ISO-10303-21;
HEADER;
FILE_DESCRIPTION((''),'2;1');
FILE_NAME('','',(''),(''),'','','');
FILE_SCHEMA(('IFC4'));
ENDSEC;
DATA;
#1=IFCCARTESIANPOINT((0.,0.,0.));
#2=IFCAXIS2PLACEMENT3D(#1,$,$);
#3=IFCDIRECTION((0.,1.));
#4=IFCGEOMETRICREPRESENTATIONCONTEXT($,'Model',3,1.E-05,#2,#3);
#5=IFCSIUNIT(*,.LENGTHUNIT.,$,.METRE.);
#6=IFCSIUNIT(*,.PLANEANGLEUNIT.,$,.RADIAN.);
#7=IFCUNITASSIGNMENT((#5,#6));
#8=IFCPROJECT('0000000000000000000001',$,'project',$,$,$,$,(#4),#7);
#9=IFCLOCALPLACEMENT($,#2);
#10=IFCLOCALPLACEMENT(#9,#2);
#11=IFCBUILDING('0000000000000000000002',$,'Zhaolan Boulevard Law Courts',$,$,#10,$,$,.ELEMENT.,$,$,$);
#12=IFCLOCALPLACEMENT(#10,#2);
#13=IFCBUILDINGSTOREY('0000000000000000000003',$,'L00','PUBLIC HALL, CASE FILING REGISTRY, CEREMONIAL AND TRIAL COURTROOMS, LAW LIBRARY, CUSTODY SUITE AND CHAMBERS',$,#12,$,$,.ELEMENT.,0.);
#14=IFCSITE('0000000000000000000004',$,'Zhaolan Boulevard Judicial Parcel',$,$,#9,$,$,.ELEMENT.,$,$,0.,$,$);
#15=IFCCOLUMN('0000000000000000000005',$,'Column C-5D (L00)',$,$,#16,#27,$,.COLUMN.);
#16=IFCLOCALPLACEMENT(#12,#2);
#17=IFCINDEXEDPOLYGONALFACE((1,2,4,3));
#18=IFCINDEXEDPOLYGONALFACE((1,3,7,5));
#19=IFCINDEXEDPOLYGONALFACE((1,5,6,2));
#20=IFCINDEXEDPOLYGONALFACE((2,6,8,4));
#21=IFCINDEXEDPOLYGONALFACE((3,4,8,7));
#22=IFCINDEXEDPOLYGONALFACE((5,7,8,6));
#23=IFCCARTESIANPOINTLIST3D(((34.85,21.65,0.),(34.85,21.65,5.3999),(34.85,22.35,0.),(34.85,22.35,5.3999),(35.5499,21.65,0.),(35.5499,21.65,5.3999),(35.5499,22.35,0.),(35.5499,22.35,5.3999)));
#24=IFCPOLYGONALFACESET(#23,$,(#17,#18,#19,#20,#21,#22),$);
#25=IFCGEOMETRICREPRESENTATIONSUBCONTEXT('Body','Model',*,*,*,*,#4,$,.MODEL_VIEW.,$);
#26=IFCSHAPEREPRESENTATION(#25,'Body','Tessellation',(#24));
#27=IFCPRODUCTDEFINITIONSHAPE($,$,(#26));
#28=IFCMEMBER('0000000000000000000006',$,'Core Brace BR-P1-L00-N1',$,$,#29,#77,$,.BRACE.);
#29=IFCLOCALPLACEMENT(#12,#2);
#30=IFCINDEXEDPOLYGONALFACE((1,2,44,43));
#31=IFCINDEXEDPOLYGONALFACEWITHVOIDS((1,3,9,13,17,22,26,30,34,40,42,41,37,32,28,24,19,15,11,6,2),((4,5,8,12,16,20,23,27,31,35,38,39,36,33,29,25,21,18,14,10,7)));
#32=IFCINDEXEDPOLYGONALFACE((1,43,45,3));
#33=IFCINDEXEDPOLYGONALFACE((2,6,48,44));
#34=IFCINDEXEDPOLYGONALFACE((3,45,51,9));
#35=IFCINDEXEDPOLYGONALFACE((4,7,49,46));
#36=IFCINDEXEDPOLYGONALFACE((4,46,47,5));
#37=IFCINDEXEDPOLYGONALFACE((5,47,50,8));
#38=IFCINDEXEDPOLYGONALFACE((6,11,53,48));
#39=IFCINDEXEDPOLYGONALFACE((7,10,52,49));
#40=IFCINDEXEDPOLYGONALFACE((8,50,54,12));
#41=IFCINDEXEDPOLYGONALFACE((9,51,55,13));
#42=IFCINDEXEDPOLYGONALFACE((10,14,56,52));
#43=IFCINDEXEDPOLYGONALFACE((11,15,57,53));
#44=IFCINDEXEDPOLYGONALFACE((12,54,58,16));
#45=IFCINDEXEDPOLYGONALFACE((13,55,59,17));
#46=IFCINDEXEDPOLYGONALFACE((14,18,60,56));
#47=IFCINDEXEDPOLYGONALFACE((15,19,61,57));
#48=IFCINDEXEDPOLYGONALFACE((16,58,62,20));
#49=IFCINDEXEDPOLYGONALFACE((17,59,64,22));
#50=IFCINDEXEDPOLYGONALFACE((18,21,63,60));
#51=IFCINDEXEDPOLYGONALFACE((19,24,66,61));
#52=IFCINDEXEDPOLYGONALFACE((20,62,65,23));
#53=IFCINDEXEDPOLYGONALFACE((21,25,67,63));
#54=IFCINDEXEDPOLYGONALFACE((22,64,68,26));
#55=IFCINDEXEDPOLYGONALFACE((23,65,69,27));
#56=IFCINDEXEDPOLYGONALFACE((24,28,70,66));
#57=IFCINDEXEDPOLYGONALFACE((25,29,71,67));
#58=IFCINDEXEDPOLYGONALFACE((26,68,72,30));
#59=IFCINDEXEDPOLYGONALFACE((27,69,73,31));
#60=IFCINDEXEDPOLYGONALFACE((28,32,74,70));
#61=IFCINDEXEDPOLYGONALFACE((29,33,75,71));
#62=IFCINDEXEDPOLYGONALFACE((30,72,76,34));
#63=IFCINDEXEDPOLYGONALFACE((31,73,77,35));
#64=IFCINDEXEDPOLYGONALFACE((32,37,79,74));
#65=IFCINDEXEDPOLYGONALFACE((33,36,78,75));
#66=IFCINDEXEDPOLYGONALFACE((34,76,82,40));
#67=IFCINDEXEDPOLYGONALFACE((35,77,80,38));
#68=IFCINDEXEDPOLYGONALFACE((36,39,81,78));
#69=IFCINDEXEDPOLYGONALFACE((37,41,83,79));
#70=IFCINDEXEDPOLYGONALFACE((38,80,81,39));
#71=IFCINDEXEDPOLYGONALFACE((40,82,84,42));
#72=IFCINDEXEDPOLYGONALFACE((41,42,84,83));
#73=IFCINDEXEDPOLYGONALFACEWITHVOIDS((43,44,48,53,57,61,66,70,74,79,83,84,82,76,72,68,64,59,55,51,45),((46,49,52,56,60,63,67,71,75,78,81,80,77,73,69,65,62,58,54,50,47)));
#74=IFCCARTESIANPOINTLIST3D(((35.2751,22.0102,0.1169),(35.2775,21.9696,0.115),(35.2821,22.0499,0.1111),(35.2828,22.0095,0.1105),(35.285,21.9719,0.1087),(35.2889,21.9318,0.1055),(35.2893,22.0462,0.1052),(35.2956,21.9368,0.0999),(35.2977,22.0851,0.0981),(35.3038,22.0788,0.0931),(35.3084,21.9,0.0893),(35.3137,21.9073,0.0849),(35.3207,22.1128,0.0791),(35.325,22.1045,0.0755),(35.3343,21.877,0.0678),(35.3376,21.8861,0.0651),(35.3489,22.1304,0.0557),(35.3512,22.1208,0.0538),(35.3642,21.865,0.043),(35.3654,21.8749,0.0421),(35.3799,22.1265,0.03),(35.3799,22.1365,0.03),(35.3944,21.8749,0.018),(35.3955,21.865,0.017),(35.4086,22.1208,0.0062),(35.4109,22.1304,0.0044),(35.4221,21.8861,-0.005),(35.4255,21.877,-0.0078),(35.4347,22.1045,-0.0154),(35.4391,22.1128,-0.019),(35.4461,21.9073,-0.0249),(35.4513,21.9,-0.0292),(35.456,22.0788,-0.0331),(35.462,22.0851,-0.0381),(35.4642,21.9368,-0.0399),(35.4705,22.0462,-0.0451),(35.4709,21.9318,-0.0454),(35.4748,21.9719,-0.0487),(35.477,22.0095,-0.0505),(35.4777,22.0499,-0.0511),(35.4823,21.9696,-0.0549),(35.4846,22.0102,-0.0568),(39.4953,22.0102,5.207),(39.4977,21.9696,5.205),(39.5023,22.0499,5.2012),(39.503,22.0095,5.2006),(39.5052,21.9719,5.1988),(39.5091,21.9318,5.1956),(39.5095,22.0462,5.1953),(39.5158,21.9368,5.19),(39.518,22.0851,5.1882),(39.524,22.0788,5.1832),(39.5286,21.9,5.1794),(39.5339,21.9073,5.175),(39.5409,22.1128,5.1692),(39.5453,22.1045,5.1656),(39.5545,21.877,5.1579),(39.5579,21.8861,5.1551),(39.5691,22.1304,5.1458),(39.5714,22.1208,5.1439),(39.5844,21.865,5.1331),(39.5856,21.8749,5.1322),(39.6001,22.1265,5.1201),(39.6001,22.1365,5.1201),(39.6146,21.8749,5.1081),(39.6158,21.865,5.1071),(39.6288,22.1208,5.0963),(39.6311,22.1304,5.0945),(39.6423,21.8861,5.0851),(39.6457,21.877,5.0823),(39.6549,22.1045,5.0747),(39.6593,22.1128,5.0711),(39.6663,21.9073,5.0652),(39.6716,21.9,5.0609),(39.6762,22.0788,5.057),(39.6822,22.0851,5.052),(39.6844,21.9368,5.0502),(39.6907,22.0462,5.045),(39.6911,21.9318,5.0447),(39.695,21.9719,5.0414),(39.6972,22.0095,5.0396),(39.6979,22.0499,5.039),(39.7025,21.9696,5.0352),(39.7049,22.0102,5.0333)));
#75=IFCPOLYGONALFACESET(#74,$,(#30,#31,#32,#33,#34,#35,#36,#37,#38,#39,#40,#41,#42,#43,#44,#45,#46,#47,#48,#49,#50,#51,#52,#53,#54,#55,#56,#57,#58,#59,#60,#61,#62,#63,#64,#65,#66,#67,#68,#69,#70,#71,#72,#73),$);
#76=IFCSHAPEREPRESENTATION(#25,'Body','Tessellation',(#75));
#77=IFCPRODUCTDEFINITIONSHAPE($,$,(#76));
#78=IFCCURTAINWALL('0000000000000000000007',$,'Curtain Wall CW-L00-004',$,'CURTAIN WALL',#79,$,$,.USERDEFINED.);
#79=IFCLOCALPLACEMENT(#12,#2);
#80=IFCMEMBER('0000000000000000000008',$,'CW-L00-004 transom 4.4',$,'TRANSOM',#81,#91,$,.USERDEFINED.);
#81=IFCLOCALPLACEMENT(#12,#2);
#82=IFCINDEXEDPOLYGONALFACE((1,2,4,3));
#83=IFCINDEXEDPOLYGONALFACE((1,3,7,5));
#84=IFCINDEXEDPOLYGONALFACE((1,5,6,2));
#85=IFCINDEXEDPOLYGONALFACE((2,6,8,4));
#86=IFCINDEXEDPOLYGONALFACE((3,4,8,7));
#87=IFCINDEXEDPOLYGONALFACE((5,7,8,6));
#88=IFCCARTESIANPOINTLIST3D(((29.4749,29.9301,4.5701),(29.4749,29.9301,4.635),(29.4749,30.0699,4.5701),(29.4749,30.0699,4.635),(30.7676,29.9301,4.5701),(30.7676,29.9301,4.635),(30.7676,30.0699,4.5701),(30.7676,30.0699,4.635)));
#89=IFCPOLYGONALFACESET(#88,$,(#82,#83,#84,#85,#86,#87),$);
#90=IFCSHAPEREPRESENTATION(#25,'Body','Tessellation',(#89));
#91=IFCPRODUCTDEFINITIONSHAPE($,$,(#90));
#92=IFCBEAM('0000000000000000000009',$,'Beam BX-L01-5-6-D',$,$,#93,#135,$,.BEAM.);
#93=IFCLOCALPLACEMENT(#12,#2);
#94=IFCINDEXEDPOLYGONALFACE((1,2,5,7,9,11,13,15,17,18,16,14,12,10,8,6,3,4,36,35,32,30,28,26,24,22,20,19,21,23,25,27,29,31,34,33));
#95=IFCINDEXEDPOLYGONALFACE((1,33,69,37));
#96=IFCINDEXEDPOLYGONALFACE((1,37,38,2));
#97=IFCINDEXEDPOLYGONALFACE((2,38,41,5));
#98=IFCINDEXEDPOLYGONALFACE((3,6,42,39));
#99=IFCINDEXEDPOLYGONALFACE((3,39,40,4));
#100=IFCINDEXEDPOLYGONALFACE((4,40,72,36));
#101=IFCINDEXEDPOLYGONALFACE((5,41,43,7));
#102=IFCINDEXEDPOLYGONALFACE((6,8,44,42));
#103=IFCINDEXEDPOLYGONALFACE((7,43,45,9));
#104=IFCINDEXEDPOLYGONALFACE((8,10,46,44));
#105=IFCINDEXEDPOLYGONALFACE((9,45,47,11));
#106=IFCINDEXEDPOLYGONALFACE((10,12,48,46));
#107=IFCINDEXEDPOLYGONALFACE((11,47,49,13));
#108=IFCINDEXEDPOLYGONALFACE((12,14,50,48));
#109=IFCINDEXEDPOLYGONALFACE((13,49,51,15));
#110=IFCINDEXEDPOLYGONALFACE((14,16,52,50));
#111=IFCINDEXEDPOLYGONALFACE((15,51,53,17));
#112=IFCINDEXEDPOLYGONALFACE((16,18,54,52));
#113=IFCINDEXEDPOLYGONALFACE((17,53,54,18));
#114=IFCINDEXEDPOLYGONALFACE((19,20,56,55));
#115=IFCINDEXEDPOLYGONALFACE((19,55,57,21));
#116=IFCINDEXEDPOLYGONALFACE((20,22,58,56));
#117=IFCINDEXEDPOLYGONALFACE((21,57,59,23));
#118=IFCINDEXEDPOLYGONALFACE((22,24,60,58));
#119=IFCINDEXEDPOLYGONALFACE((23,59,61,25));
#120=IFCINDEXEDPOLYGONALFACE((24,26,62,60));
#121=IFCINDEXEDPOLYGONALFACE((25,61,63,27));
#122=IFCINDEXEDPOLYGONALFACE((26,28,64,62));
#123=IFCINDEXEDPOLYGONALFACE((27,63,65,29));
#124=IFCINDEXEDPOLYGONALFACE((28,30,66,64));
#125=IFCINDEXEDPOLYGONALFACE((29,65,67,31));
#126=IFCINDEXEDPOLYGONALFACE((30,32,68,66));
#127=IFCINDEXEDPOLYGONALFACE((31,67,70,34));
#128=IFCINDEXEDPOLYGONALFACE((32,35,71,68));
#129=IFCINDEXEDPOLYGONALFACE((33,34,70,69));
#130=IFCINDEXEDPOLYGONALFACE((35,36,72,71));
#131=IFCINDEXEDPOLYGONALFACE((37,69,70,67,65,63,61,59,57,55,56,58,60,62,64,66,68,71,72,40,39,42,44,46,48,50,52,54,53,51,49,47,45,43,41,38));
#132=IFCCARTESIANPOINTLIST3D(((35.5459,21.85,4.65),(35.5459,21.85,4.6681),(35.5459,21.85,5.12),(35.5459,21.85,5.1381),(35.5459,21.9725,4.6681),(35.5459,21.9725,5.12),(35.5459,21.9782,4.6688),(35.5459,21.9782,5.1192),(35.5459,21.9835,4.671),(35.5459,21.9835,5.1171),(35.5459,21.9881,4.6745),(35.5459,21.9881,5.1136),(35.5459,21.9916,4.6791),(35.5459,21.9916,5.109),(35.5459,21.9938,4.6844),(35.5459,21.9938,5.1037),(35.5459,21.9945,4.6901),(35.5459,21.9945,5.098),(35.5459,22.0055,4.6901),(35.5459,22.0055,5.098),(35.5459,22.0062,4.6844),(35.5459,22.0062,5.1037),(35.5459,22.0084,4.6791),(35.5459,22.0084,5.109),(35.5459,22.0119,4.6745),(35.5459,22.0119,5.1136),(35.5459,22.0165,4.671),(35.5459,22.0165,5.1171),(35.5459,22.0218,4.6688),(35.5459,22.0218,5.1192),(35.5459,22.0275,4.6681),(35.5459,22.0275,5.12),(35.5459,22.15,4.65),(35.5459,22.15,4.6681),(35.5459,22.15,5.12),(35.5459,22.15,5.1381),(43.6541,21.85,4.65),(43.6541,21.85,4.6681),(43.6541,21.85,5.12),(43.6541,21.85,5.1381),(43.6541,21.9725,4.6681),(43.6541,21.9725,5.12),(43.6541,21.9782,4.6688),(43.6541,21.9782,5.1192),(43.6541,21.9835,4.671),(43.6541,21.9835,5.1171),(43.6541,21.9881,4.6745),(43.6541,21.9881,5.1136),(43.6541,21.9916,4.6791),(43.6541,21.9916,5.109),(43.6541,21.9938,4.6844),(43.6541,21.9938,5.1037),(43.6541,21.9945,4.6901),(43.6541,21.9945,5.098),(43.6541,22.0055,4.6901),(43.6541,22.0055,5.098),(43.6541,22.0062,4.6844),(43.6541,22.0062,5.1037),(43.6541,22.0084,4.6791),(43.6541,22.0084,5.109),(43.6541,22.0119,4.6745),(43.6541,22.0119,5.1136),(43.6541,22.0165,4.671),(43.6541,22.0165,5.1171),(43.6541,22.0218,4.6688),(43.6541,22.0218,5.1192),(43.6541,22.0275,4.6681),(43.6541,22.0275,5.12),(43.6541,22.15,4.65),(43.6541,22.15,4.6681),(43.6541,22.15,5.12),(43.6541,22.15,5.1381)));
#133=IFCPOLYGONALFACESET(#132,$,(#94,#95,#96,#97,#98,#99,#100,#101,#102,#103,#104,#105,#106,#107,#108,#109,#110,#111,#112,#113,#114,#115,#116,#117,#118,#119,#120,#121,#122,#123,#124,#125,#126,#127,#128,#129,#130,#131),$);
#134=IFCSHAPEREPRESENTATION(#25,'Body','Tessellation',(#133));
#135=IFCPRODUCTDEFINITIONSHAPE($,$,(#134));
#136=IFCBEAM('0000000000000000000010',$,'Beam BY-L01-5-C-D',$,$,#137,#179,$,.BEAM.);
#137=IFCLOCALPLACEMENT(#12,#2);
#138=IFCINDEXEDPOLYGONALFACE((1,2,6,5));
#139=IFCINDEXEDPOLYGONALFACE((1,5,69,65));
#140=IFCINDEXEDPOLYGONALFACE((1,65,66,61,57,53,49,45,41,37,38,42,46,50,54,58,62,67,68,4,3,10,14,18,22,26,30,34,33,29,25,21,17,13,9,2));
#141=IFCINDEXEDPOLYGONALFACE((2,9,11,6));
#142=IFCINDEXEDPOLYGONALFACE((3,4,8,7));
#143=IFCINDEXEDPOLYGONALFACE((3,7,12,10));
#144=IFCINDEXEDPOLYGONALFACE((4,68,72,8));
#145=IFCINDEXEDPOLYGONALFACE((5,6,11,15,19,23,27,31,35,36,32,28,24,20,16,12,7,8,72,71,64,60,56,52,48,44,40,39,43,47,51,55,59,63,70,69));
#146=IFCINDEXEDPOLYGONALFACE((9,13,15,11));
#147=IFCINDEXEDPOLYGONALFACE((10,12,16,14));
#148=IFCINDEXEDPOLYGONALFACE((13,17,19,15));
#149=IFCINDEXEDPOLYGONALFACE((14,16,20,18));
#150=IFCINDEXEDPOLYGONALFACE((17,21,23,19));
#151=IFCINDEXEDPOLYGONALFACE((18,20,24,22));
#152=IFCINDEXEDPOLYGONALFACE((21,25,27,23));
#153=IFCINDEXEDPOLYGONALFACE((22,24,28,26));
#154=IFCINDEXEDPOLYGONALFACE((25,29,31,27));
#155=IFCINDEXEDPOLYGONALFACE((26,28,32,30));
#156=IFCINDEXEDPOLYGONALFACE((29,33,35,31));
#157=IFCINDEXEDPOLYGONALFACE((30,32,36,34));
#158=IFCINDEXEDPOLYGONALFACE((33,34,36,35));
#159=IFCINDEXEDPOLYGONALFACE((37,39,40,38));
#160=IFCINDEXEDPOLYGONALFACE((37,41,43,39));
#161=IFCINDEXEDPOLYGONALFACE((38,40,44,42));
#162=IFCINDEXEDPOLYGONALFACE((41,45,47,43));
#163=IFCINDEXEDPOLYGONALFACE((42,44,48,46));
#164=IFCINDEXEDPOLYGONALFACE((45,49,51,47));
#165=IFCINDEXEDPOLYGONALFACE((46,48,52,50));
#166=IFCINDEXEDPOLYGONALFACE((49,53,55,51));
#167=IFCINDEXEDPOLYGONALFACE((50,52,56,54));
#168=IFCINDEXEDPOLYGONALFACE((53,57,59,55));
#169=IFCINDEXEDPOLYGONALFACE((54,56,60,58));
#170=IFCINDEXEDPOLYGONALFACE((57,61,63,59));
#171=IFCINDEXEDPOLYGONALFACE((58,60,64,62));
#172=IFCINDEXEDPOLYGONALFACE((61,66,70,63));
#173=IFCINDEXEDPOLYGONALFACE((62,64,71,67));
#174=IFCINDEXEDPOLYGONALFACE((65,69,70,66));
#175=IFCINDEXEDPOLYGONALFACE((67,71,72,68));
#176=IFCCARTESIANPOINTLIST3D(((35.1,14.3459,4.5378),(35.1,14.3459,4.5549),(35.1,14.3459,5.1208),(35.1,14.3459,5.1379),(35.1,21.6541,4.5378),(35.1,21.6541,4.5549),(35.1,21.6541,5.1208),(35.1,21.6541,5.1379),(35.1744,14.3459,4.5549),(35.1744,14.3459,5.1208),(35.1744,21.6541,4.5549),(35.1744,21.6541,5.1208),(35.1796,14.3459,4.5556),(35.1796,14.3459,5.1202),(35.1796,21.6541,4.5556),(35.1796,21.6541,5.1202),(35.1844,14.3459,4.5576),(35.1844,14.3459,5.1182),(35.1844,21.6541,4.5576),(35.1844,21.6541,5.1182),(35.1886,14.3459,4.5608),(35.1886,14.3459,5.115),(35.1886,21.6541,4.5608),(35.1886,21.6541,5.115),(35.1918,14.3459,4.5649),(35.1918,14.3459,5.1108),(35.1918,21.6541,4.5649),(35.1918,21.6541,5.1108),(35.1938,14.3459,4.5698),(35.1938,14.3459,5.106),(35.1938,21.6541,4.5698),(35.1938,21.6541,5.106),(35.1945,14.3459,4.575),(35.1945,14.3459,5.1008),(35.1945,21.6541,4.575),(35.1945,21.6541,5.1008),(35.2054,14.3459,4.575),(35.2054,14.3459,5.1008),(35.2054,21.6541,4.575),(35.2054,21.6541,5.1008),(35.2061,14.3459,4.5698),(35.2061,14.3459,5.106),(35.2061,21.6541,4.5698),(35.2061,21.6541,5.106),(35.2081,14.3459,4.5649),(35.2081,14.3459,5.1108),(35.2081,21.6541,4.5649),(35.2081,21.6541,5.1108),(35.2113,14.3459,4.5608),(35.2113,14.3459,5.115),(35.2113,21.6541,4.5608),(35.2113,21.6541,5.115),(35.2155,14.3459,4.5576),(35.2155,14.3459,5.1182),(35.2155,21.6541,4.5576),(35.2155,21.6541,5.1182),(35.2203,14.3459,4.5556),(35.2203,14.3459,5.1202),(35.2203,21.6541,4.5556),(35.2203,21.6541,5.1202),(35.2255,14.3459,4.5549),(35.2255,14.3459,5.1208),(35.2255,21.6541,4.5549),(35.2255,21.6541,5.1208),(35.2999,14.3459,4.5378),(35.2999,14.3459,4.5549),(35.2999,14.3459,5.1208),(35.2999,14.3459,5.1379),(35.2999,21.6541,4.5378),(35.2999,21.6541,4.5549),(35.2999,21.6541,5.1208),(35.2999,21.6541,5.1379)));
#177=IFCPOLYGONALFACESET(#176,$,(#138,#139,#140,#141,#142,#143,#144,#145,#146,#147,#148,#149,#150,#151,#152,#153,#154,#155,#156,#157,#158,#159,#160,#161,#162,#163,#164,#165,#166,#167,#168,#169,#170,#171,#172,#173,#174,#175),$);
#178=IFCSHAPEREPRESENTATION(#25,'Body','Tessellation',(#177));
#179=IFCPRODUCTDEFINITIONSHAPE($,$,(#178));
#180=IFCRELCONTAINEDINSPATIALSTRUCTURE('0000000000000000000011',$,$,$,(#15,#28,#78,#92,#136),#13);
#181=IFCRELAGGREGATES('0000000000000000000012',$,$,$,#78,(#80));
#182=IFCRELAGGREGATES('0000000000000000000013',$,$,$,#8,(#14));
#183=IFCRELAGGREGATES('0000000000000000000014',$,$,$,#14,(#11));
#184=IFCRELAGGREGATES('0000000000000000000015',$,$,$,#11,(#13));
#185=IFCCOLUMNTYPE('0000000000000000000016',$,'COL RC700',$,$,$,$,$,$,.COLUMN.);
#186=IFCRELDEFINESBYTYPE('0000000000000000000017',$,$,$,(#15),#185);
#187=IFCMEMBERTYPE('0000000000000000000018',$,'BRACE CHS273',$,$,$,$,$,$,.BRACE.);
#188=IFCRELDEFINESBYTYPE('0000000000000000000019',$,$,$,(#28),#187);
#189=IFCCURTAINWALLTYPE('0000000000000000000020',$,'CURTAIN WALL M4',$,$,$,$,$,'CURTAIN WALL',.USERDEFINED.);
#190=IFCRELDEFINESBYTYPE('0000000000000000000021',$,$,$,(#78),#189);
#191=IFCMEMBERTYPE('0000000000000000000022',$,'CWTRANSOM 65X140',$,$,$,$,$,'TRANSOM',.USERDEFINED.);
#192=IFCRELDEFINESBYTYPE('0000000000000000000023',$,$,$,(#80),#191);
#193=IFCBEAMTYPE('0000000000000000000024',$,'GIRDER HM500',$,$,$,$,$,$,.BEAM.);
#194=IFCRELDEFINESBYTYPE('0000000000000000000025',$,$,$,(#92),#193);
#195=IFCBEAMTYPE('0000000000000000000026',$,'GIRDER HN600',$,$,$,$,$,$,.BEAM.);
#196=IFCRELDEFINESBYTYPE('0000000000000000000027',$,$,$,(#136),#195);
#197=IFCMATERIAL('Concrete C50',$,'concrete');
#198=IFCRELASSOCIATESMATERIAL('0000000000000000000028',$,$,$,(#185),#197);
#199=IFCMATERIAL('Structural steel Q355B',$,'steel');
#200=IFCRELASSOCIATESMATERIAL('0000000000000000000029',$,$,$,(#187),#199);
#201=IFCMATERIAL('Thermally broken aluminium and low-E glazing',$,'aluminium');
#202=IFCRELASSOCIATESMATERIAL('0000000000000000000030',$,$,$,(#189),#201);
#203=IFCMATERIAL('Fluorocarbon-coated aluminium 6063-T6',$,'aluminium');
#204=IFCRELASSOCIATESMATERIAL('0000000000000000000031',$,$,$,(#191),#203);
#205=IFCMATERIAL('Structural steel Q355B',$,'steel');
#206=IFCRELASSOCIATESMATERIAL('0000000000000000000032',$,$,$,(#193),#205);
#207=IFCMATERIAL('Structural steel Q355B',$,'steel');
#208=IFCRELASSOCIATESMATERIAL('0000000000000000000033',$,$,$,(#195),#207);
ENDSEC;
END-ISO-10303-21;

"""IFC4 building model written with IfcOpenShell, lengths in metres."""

from ifc_helpers import new_model, si_unit, direction, frame, origin, origin_2d, place, context, subcontext, project, spatial, rectangle, hollow_circle, i_section, extrude, material, material_profile, profile_set, type_object, element, aggregate, save


model = new_model("IFC4")

# Units and contexts
model_context = context("Model", 3, precision=1e-05, world=origin(), true_north=direction((0.0, 1.0)))
body_context = subcontext(model_context, "Body", "Model", "MODEL_VIEW")
ifc_project = project(units=[si_unit("LENGTHUNIT", "METRE"), si_unit("PLANEANGLEUNIT", "RADIAN")], contexts=[model_context])

# Site, building, storey
site_placement = place(None, origin())
site = spatial("IfcSite", under=ifc_project, at=site_placement, Name="Zhaolan Boulevard Judicial Parcel", CompositionType="ELEMENT", RefElevation=0.0)
building_placement = place(site_placement, origin())
building = spatial("IfcBuilding", under=site, at=building_placement, Name="Zhaolan Boulevard Law Courts", CompositionType="ELEMENT")
storey_placement = place(building_placement, origin())
storey = spatial("IfcBuildingStorey", under=building, at=storey_placement, Name="L00", Description="PUBLIC HALL, CASE FILING REGISTRY, CEREMONIAL AND TRIAL COURTROOMS, LAW LIBRARY, CUSTODY SUITE AND CHAMBERS", CompositionType="ELEMENT", Elevation=0.0)

# Column
ifc_material_1 = material(Name="Concrete C50", Category="concrete")
ifc_material_profile_1 = material_profile(ifc_material_1, rectangle(XDim=0.7, YDim=0.7, at=origin_2d()), Name="RC700x700")
ifc_profile_set_1 = profile_set([ifc_material_profile_1], Name="Concrete C50")
column_type = type_object("IfcColumnType", Name="COL RC700", PredefinedType="COLUMN", material=ifc_profile_set_1)
column_placement = place(storey_placement, frame((35.2, 22.0, 0.0), z_axis=(0.0, 0.0, 1.0), x_axis=(1.0, 0.0, 0.0)))
element("IfcColumn", 1, at=column_placement, inside=storey, type_object=column_type, Name="Column C-5D (L00)", PredefinedType="COLUMN", context=body_context, shape_type="SweptSolid", body=[
    extrude(rectangle(XDim=0.7, YDim=0.7, at=origin_2d()), origin(), (0.0, 0.0, 1.0), 5.3999),
])

# Member
ifc_material_2 = material(Name="Structural steel Q355B", Category="steel")
ifc_material_profile_2 = material_profile(ifc_material_2, hollow_circle(Radius=0.1365, WallThickness=0.01, at=origin_2d()), Name="CHS273x10")
ifc_profile_set_2 = profile_set([ifc_material_profile_2], Name="Structural steel Q355B")
member_type_1 = type_object("IfcMemberType", Name="BRACE CHS273", PredefinedType="BRACE", material=ifc_profile_set_2)
member_1_placement = place(storey_placement, frame((35.3799, 22.0, 0.03), z_axis=(0.638261, 0.0, 0.76982), x_axis=(0.0, 1.0, 0.0)))
element("IfcMember", 2, at=member_1_placement, inside=storey, type_object=member_type_1, Name="Core Brace BR-P1-L00-N1", PredefinedType="BRACE", context=body_context, shape_type="SweptSolid", body=[
    extrude(hollow_circle(Radius=0.1365, WallThickness=0.01, at=origin_2d()), origin(), (0.0, 0.0, 1.0), 6.6121),
])

# Curtain wall, member
ifc_material_3 = material(Name="Thermally broken aluminium and low-E glazing", Category="aluminium")
curtain_wall_type = type_object("IfcCurtainWallType", Name="CURTAIN WALL M4", ElementType="CURTAIN WALL", PredefinedType="USERDEFINED", material=ifc_material_3)
curtain_wall_placement = place(storey_placement, origin())
curtain_wall = element("IfcCurtainWall", 3, at=curtain_wall_placement, inside=storey, type_object=curtain_wall_type, Name="Curtain Wall CW-L00-004", ObjectType="CURTAIN WALL", PredefinedType="USERDEFINED")
ifc_material_4 = material(Name="Fluorocarbon-coated aluminium 6063-T6", Category="aluminium")
ifc_material_profile_3 = material_profile(ifc_material_4, rectangle(XDim=0.1399, YDim=0.0649, at=origin_2d()), Name="AL65x140")
ifc_profile_set_3 = profile_set([ifc_material_profile_3], Name="Fluorocarbon-coated aluminium 6063-T6")
member_type_2 = type_object("IfcMemberType", Name="CWTRANSOM 65X140", ElementType="TRANSOM", PredefinedType="USERDEFINED", material=ifc_profile_set_3)
member_2_placement = place(storey_placement, frame((30.7676, 30.0, 4.6025), z_axis=(-1.0, 0.0, 0.0), x_axis=(0.0, -1.0, 0.0)))
member_2 = element("IfcMember", 4, at=member_2_placement, type_object=member_type_2, Name="CW-L00-004 transom 4.4", ObjectType="TRANSOM", PredefinedType="USERDEFINED", context=body_context, shape_type="SweptSolid", body=[
    extrude(rectangle(XDim=0.1399, YDim=0.0649, at=origin_2d()), origin(), (0.0, 0.0, 1.0), 1.2927),
])
aggregate(curtain_wall, [member_2])

# Beams
ifc_material_5 = material(Name="Structural steel Q355B", Category="steel")
ifc_material_profile_4 = material_profile(ifc_material_5, i_section(OverallWidth=0.3, OverallDepth=0.488, WebThickness=0.011, FlangeThickness=0.0181, FilletRadius=0.022, at=origin_2d()), Name="HM488x300")
ifc_profile_set_4 = profile_set([ifc_material_profile_4], Name="Structural steel Q355B")
beam_type_1 = type_object("IfcBeamType", Name="GIRDER HM500", PredefinedType="BEAM", material=ifc_profile_set_4)
beam_1_placement = place(storey_placement, frame((35.5459, 22.0, 4.894), z_axis=(1.0, 0.0, 0.0), x_axis=(0.0, 1.0, 0.0)))
element("IfcBeam", 5, at=beam_1_placement, inside=storey, type_object=beam_type_1, Name="Beam BX-L01-5-6-D", PredefinedType="BEAM", context=body_context, shape_type="SweptSolid", body=[
    extrude(i_section(OverallWidth=0.3, OverallDepth=0.488, WebThickness=0.011, FlangeThickness=0.0181, FilletRadius=0.022, at=origin_2d()), origin(), (0.0, 0.0, 1.0), 8.1082),
])
ifc_material_6 = material(Name="Structural steel Q355B", Category="steel")
ifc_material_profile_5 = material_profile(ifc_material_6, i_section(OverallWidth=0.2, OverallDepth=0.6001, WebThickness=0.011, FlangeThickness=0.0171, FilletRadius=0.02, at=origin_2d()), Name="HN600x200")
ifc_profile_set_5 = profile_set([ifc_material_profile_5], Name="Structural steel Q355B")
beam_type_2 = type_object("IfcBeamType", Name="GIRDER HN600", PredefinedType="BEAM", material=ifc_profile_set_5)
beam_2_placement = place(storey_placement, frame((35.2, 14.3459, 4.8379), z_axis=(0.0, 1.0, 0.0), x_axis=(-1.0, 0.0, 0.0)))
element("IfcBeam", 6, at=beam_2_placement, inside=storey, type_object=beam_type_2, Name="Beam BY-L01-5-C-D", PredefinedType="BEAM", context=body_context, shape_type="SweptSolid", body=[
    extrude(i_section(OverallWidth=0.2, OverallDepth=0.6001, WebThickness=0.011, FlangeThickness=0.0171, FilletRadius=0.02, at=origin_2d()), origin(), (0.0, 0.0, 1.0), 7.3081),
])

save(model, "model.ifc")
